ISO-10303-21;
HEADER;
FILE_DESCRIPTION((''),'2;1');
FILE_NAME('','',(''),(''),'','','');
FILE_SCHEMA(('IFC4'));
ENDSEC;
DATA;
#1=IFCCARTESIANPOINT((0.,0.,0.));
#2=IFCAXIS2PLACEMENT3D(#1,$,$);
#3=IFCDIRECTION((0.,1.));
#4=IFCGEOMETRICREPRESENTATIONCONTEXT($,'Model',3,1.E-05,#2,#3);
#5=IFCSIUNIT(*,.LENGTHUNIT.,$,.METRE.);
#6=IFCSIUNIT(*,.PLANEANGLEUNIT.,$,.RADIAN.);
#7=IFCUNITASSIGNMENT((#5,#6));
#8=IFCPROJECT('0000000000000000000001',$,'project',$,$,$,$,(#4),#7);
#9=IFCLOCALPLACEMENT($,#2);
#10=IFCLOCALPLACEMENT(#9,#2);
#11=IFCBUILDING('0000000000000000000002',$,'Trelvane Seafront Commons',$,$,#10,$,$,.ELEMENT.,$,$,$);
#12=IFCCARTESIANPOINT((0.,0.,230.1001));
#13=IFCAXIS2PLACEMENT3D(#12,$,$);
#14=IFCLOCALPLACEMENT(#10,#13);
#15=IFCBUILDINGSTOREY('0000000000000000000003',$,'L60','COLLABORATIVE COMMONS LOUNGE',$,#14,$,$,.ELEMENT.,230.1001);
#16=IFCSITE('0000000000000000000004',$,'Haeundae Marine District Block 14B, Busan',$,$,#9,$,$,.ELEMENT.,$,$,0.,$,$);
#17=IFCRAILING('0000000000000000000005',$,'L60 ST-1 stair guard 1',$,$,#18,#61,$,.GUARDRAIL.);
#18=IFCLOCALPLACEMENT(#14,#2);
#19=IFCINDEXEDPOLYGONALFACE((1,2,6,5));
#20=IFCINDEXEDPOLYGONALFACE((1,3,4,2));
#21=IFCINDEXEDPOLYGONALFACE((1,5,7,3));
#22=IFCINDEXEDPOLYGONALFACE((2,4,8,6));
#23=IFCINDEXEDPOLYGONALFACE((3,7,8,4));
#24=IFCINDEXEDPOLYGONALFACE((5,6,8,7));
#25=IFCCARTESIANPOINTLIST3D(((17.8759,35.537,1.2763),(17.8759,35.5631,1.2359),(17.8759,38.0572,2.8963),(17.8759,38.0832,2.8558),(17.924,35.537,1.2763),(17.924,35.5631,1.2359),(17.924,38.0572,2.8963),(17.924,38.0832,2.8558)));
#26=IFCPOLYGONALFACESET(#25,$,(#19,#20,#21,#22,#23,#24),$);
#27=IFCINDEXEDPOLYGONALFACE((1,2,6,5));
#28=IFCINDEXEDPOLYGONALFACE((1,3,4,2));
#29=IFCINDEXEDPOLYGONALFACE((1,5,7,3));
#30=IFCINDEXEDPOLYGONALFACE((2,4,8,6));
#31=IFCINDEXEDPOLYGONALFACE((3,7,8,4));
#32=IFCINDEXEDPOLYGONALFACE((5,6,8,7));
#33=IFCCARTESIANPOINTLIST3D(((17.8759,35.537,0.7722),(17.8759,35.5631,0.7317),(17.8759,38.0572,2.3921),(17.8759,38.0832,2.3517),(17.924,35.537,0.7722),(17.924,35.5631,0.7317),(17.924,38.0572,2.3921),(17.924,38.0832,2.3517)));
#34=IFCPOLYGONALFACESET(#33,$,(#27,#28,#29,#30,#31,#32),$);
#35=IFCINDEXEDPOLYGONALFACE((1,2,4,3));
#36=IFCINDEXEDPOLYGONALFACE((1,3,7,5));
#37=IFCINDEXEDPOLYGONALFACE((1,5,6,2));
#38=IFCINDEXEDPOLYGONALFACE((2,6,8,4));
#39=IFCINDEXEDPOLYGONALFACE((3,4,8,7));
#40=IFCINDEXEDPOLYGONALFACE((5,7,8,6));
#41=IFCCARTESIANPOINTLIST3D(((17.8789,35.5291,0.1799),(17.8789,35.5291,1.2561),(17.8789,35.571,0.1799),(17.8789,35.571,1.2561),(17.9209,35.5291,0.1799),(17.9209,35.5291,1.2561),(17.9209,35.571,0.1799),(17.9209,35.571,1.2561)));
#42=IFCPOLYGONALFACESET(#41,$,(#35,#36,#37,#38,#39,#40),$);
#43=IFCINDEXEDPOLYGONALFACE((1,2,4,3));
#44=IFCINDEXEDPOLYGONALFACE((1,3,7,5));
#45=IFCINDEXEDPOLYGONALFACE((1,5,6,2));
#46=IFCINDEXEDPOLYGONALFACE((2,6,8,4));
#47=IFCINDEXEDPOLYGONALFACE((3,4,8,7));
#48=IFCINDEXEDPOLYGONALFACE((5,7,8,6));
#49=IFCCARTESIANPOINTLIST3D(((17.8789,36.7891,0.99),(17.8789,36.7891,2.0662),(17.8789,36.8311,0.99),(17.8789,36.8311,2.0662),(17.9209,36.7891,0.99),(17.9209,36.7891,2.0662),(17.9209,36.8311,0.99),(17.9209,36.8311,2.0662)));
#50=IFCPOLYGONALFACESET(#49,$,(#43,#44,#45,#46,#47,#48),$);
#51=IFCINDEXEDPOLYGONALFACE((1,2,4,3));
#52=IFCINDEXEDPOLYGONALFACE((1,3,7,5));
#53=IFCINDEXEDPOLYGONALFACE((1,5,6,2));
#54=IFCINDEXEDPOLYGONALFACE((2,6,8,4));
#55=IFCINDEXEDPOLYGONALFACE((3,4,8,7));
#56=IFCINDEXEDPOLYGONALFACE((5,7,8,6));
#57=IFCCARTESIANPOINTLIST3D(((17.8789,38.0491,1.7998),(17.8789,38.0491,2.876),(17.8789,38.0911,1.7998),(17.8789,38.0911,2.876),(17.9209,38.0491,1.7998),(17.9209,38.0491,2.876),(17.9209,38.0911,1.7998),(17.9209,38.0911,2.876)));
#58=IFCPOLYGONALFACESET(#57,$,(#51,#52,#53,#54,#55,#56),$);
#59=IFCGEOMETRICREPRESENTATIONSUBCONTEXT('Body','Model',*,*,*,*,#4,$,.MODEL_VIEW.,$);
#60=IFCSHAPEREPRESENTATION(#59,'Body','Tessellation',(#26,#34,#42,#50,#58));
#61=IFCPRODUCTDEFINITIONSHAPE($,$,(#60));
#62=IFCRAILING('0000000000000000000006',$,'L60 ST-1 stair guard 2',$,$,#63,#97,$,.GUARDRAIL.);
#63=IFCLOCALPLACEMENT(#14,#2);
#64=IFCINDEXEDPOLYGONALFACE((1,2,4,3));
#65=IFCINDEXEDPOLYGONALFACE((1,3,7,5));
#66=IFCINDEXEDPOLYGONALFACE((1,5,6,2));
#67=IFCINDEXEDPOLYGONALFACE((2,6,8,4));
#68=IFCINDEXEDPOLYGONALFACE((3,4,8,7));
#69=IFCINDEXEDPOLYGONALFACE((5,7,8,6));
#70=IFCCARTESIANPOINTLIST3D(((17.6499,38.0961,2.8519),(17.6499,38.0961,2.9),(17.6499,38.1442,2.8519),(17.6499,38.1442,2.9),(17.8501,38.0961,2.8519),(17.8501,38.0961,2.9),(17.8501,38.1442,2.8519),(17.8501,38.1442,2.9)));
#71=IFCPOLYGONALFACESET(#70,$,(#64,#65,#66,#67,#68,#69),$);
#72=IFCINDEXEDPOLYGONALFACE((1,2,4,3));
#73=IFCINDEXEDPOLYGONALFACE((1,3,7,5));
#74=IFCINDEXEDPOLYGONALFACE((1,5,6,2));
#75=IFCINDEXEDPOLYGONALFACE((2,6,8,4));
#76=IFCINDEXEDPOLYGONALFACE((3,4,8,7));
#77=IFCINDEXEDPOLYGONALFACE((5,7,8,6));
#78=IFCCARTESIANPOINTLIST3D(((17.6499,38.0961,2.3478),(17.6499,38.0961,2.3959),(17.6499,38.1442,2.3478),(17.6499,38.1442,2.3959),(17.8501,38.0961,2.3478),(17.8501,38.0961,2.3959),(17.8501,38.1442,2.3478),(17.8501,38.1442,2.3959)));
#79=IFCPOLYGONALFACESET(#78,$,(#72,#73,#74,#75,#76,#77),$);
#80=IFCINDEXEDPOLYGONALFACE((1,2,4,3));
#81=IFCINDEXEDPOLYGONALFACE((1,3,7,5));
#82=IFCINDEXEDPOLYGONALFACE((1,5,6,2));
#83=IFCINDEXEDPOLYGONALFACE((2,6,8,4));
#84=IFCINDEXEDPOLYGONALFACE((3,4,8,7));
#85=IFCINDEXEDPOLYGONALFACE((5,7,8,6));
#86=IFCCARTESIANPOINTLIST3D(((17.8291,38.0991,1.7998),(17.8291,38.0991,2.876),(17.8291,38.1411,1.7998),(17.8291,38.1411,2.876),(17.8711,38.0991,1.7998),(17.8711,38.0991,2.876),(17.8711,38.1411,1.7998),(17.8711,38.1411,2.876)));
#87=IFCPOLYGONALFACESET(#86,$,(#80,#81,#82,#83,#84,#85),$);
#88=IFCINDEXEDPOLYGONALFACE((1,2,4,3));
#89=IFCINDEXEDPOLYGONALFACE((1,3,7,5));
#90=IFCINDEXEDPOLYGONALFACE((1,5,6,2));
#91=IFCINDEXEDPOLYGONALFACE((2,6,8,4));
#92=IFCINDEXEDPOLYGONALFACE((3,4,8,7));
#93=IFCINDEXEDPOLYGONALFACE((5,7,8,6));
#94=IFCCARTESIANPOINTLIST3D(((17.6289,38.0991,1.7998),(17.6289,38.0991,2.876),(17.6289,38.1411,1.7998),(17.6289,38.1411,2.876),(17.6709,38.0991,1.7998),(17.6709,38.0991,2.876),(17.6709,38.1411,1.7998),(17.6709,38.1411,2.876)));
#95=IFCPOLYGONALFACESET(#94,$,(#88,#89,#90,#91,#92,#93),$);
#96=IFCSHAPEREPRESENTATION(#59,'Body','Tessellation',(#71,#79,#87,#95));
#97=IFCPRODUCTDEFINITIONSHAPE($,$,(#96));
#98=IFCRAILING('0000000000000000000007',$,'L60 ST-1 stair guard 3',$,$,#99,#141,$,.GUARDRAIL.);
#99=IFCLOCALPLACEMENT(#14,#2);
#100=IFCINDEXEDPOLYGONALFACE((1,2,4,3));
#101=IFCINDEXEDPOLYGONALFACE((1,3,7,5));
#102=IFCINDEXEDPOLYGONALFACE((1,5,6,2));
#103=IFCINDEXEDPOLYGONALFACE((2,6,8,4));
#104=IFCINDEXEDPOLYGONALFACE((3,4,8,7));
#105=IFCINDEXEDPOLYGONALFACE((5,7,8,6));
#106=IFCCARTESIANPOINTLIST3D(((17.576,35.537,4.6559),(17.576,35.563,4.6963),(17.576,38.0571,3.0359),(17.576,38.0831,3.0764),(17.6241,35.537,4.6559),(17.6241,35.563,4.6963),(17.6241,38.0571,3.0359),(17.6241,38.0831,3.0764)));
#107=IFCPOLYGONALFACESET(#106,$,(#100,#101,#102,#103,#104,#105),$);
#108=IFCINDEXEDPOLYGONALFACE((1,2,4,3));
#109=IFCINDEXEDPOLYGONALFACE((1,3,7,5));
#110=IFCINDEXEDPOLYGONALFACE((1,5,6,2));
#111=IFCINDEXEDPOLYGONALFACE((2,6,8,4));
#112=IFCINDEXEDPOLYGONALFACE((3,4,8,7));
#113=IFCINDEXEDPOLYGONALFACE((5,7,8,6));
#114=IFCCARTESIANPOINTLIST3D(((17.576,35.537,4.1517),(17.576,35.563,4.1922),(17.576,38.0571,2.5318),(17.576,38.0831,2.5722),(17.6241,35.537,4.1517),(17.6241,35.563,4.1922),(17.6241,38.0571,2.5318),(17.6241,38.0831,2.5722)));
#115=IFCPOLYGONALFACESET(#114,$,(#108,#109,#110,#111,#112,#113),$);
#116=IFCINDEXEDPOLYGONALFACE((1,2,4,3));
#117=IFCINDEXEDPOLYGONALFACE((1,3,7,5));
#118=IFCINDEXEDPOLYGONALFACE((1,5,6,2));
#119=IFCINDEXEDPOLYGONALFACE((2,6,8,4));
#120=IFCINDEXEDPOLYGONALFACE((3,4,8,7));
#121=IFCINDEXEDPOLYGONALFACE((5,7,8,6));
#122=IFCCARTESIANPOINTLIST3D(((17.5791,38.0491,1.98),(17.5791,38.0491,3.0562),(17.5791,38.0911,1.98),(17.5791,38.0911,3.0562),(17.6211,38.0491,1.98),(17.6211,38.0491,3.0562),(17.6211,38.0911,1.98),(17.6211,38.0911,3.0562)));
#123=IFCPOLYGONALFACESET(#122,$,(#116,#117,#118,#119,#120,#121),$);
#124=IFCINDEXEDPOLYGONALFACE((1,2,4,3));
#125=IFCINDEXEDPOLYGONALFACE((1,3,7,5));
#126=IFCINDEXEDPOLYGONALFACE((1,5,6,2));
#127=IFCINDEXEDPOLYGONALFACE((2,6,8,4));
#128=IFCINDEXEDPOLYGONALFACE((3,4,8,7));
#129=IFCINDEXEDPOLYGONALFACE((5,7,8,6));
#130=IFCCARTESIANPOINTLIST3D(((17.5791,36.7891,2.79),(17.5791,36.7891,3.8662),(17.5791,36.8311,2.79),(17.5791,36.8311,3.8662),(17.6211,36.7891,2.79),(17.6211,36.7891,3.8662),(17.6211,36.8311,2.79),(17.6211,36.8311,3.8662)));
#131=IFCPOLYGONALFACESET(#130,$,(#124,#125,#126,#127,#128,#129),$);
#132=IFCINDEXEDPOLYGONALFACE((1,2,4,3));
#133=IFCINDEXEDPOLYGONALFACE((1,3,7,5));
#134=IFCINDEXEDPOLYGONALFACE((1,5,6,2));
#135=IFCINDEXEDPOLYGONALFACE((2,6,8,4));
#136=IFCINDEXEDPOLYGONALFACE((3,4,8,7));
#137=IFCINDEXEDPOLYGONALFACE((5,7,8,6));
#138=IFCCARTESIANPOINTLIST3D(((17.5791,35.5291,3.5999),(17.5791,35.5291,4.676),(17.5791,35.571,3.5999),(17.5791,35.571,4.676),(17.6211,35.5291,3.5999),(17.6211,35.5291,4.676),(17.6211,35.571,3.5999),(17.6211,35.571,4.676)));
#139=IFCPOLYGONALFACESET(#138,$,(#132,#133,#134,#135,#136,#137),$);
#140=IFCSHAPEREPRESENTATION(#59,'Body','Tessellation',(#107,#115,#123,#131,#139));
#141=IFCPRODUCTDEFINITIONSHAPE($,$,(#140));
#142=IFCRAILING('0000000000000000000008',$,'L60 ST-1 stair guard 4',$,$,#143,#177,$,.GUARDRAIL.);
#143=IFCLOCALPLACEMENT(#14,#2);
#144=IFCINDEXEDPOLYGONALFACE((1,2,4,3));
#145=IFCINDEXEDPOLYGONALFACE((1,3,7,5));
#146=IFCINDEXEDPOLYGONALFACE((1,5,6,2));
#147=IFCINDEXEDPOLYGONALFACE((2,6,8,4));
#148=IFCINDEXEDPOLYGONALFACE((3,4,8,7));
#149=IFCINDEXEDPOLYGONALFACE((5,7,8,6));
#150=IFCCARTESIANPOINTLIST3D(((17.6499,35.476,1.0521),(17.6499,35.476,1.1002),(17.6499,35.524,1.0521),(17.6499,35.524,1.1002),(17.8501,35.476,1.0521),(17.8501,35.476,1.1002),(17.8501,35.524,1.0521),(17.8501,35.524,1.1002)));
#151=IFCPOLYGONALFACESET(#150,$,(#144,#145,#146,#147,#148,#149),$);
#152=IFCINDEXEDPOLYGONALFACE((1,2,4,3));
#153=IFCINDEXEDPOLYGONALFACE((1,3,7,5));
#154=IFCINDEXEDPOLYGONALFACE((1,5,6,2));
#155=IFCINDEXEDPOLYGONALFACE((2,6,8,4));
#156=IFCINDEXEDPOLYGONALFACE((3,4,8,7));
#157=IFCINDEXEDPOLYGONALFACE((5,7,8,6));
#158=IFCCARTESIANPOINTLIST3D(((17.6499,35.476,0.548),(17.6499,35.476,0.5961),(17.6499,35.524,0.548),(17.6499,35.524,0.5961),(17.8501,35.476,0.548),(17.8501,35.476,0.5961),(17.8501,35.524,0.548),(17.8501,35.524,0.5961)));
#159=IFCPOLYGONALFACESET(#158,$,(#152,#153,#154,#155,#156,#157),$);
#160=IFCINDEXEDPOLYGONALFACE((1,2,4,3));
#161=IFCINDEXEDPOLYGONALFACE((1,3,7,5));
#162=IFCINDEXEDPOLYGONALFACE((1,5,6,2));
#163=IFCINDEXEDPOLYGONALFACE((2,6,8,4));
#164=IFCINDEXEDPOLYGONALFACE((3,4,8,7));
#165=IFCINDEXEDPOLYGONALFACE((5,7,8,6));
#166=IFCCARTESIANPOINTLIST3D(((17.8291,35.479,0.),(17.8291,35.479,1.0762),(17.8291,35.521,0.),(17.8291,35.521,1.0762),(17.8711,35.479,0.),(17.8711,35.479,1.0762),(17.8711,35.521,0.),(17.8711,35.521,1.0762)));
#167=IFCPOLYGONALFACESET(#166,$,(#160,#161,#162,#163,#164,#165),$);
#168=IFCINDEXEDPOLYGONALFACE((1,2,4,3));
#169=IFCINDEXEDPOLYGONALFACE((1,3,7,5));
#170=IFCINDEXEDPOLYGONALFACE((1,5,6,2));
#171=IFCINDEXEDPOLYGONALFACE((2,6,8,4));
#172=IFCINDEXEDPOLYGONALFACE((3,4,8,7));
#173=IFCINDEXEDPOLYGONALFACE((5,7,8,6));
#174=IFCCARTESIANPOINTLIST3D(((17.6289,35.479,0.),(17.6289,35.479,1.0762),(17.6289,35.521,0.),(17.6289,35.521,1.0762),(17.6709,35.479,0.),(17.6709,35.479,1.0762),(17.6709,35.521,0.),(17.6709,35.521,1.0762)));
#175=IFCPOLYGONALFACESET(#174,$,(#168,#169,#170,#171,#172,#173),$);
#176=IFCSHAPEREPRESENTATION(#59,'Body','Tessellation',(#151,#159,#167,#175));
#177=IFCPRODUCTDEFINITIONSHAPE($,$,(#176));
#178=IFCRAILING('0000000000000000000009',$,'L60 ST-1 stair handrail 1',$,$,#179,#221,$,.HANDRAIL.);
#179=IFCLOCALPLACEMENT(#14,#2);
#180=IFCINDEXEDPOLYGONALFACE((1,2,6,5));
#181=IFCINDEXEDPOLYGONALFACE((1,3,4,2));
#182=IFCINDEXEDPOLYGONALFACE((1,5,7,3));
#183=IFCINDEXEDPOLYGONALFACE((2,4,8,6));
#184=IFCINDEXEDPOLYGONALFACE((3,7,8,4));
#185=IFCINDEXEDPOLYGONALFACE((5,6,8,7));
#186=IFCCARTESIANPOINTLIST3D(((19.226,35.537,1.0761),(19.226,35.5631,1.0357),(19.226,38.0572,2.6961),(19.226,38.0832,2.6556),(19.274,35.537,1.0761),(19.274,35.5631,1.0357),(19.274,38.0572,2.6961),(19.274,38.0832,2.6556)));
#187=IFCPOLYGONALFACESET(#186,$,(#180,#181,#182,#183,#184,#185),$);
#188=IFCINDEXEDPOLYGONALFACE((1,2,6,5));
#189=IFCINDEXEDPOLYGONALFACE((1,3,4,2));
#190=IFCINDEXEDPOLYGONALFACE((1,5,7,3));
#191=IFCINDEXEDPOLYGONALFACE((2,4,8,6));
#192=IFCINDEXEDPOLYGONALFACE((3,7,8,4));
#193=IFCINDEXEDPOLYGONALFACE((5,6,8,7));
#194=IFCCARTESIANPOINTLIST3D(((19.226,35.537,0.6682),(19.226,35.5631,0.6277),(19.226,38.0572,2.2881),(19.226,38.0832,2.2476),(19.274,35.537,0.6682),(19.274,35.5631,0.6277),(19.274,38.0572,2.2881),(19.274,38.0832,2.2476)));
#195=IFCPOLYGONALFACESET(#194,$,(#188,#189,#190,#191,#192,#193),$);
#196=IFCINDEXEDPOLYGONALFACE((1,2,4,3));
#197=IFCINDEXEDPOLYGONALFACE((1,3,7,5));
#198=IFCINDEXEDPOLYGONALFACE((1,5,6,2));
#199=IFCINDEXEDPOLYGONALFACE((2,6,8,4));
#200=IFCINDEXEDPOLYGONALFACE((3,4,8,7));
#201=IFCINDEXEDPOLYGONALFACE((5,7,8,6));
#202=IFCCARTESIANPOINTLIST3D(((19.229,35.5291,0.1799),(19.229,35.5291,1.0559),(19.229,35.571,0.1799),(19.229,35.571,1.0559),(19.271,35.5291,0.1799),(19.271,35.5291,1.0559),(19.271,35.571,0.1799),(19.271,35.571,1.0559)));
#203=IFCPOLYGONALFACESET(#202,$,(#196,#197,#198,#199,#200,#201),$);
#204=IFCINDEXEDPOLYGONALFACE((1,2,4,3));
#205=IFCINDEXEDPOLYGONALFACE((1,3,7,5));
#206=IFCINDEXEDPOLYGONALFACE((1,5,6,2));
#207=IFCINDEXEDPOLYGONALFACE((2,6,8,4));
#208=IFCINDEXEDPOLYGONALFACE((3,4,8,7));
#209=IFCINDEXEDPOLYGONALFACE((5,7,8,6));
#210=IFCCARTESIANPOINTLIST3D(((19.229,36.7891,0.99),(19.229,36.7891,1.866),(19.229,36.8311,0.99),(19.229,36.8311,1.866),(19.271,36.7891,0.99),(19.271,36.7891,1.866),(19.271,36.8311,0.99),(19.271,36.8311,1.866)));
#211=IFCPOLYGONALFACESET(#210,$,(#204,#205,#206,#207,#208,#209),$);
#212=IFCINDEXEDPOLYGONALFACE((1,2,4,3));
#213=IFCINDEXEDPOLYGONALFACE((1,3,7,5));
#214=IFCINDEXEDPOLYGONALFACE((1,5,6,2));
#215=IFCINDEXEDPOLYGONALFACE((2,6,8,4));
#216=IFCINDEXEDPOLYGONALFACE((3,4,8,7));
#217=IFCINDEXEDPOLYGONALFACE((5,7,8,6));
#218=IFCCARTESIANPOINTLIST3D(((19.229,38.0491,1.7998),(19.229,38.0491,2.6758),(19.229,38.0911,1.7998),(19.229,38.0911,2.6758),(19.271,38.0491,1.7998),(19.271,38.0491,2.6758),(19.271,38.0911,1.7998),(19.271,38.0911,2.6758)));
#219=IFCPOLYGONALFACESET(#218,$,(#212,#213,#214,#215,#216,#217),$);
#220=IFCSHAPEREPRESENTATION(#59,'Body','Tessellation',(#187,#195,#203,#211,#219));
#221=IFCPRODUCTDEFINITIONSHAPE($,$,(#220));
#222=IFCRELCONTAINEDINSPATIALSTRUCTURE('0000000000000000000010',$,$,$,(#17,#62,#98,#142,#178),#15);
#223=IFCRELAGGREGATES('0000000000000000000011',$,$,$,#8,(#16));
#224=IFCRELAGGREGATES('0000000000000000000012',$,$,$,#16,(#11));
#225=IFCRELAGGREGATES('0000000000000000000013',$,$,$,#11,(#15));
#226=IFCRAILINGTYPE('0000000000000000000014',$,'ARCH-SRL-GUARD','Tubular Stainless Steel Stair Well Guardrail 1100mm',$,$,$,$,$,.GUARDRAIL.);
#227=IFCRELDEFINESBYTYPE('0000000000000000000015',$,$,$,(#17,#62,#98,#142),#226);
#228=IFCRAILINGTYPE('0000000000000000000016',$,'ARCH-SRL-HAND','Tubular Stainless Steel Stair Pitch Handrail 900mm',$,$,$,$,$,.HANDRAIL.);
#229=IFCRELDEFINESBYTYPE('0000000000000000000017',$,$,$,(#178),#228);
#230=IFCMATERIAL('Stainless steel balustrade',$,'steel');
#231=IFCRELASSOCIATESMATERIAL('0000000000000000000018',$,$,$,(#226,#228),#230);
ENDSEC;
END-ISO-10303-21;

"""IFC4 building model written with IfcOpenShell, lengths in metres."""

from ifc_helpers import new_model, si_unit, direction, frame, origin, origin_2d, place, context, subcontext, project, spatial, rectangle, extrude, material, type_object, element, save


model = new_model("IFC4")

# Units and contexts
model_context = context("Model", 3, precision=1e-05, world=origin(), true_north=direction((0.0, 1.0)))
body_context = subcontext(model_context, "Body", "Model", "MODEL_VIEW")
ifc_project = project(units=[si_unit("LENGTHUNIT", "METRE"), si_unit("PLANEANGLEUNIT", "RADIAN")], contexts=[model_context])

# Site, building, storey
site_placement = place(None, origin())
site = spatial("IfcSite", under=ifc_project, at=site_placement, Name="Haeundae Marine District Block 14B, Busan", CompositionType="ELEMENT", RefElevation=0.0)
building_placement = place(site_placement, origin())
building = spatial("IfcBuilding", under=site, at=building_placement, Name="Trelvane Seafront Commons", CompositionType="ELEMENT")
storey_placement = place(building_placement, frame((0.0, 0.0, 230.1001)))
storey = spatial("IfcBuildingStorey", under=building, at=storey_placement, Name="L60", Description="COLLABORATIVE COMMONS LOUNGE", CompositionType="ELEMENT", Elevation=230.1001)

# Shared definitions
ifc_material_1 = material(Name="Stainless steel balustrade", Category="steel")

# Railings
railing_type_1 = type_object("IfcRailingType", Name="ARCH-SRL-GUARD", Description="Tubular Stainless Steel Stair Well Guardrail 1100mm", PredefinedType="GUARDRAIL", material=ifc_material_1)
railing_1_placement = place(storey_placement, frame((17.8999, 35.55, 0.1799)))
element("IfcRailing", 1, at=railing_1_placement, inside=storey, type_object=railing_type_1, Name="L60 ST-1 stair guard 1", PredefinedType="GUARDRAIL", context=body_context, shape_type="SweptSolid", body=[
    extrude(rectangle(XDim=0.0481, YDim=0.0481, at=origin_2d()), frame((0.0, 0.0, 1.0762), z_axis=(0.0, 0.8412, 0.540725), x_axis=(-1.0, 0.0, 0.0)), (0.0, 0.0, 1.0), 2.9958),
    extrude(rectangle(XDim=0.0481, YDim=0.0481, at=origin_2d()), frame((0.0, 0.0, 0.572), z_axis=(0.0, 0.8412, 0.540725), x_axis=(-1.0, 0.0, 0.0)), (0.0, 0.0, 1.0), 2.9958),
    extrude(rectangle(XDim=0.042, YDim=0.042, at=origin_2d()), origin(), (0.0, 0.0, 1.0), 1.0762),
    extrude(rectangle(XDim=0.042, YDim=0.042, at=origin_2d()), frame((0.0, 1.26, 0.8101)), (0.0, 0.0, 1.0), 1.0762),
    extrude(rectangle(XDim=0.042, YDim=0.042, at=origin_2d()), frame((0.0, 2.52, 1.6199)), (0.0, 0.0, 1.0), 1.0762),
])
railing_2_placement = place(storey_placement, frame((17.8501, 38.1201, 1.7998)))
element("IfcRailing", 2, at=railing_2_placement, inside=storey, type_object=railing_type_1, Name="L60 ST-1 stair guard 2", PredefinedType="GUARDRAIL", context=body_context, shape_type="SweptSolid", body=[
    extrude(rectangle(XDim=0.0481, YDim=0.0481, at=origin_2d()), frame((0.0, 0.0, 1.0762), z_axis=(-1.0, 0.0, 0.0), x_axis=(0.0, -1.0, 0.0)), (0.0, 0.0, 1.0), 0.2002),
    extrude(rectangle(XDim=0.0481, YDim=0.0481, at=origin_2d()), frame((0.0, 0.0, 0.572), z_axis=(-1.0, 0.0, 0.0), x_axis=(0.0, -1.0, 0.0)), (0.0, 0.0, 1.0), 0.2002),
    extrude(rectangle(XDim=0.042, YDim=0.042, at=origin_2d()), origin(), (0.0, 0.0, 1.0), 1.0762),
    extrude(rectangle(XDim=0.042, YDim=0.042, at=origin_2d()), frame((-0.2002, 0.0, 0.0)), (0.0, 0.0, 1.0), 1.0762),
])
railing_3_placement = place(storey_placement, frame((17.6001, 38.0701, 1.98)))
element("IfcRailing", 3, at=railing_3_placement, inside=storey, type_object=railing_type_1, Name="L60 ST-1 stair guard 3", PredefinedType="GUARDRAIL", context=body_context, shape_type="SweptSolid", body=[
    extrude(rectangle(XDim=0.0481, YDim=0.0481, at=origin_2d()), frame((0.0, 0.0, 1.0762), z_axis=(0.0, -0.8412, 0.540725), x_axis=(1.0, 0.0, 0.0)), (0.0, 0.0, 1.0), 2.9958),
    extrude(rectangle(XDim=0.0481, YDim=0.0481, at=origin_2d()), frame((0.0, 0.0, 0.572), z_axis=(0.0, -0.8412, 0.540725), x_axis=(1.0, 0.0, 0.0)), (0.0, 0.0, 1.0), 2.9958),
    extrude(rectangle(XDim=0.042, YDim=0.042, at=origin_2d()), origin(), (0.0, 0.0, 1.0), 1.0762),
    extrude(rectangle(XDim=0.042, YDim=0.042, at=origin_2d()), frame((0.0, -1.26, 0.8101)), (0.0, 0.0, 1.0), 1.0762),
    extrude(rectangle(XDim=0.042, YDim=0.042, at=origin_2d()), frame((0.0, -2.52, 1.6199)), (0.0, 0.0, 1.0), 1.0762),
])
railing_4_placement = place(storey_placement, frame((17.8501, 35.5, 0.0)))
element("IfcRailing", 4, at=railing_4_placement, inside=storey, type_object=railing_type_1, Name="L60 ST-1 stair guard 4", PredefinedType="GUARDRAIL", context=body_context, shape_type="SweptSolid", body=[
    extrude(rectangle(XDim=0.0481, YDim=0.0481, at=origin_2d()), frame((0.0, 0.0, 1.0762), z_axis=(-1.0, 0.0, 0.0), x_axis=(0.0, -1.0, 0.0)), (0.0, 0.0, 1.0), 0.2002),
    extrude(rectangle(XDim=0.0481, YDim=0.0481, at=origin_2d()), frame((0.0, 0.0, 0.572), z_axis=(-1.0, 0.0, 0.0), x_axis=(0.0, -1.0, 0.0)), (0.0, 0.0, 1.0), 0.2002),
    extrude(rectangle(XDim=0.042, YDim=0.042, at=origin_2d()), origin(), (0.0, 0.0, 1.0), 1.0762),
    extrude(rectangle(XDim=0.042, YDim=0.042, at=origin_2d()), frame((-0.2002, 0.0, 0.0)), (0.0, 0.0, 1.0), 1.0762),
])
railing_type_2 = type_object("IfcRailingType", Name="ARCH-SRL-HAND", Description="Tubular Stainless Steel Stair Pitch Handrail 900mm", PredefinedType="HANDRAIL", material=ifc_material_1)
railing_5_placement = place(storey_placement, frame((19.25, 35.55, 0.1799)))
element("IfcRailing", 5, at=railing_5_placement, inside=storey, type_object=railing_type_2, Name="L60 ST-1 stair handrail 1", PredefinedType="HANDRAIL", context=body_context, shape_type="SweptSolid", body=[
    extrude(rectangle(XDim=0.0481, YDim=0.0481, at=origin_2d()), frame((0.0, 0.0, 0.876), z_axis=(0.0, 0.8412, 0.540725), x_axis=(-1.0, 0.0, 0.0)), (0.0, 0.0, 1.0), 2.9958),
    extrude(rectangle(XDim=0.0481, YDim=0.0481, at=origin_2d()), frame((0.0, 0.0, 0.468), z_axis=(0.0, 0.8412, 0.540725), x_axis=(-1.0, 0.0, 0.0)), (0.0, 0.0, 1.0), 2.9958),
    extrude(rectangle(XDim=0.042, YDim=0.042, at=origin_2d()), origin(), (0.0, 0.0, 1.0), 0.876),
    extrude(rectangle(XDim=0.042, YDim=0.042, at=origin_2d()), frame((0.0, 1.26, 0.8101)), (0.0, 0.0, 1.0), 0.876),
    extrude(rectangle(XDim=0.042, YDim=0.042, at=origin_2d()), frame((0.0, 2.52, 1.6199)), (0.0, 0.0, 1.0), 0.876),
])

save(model, "model.ifc")
